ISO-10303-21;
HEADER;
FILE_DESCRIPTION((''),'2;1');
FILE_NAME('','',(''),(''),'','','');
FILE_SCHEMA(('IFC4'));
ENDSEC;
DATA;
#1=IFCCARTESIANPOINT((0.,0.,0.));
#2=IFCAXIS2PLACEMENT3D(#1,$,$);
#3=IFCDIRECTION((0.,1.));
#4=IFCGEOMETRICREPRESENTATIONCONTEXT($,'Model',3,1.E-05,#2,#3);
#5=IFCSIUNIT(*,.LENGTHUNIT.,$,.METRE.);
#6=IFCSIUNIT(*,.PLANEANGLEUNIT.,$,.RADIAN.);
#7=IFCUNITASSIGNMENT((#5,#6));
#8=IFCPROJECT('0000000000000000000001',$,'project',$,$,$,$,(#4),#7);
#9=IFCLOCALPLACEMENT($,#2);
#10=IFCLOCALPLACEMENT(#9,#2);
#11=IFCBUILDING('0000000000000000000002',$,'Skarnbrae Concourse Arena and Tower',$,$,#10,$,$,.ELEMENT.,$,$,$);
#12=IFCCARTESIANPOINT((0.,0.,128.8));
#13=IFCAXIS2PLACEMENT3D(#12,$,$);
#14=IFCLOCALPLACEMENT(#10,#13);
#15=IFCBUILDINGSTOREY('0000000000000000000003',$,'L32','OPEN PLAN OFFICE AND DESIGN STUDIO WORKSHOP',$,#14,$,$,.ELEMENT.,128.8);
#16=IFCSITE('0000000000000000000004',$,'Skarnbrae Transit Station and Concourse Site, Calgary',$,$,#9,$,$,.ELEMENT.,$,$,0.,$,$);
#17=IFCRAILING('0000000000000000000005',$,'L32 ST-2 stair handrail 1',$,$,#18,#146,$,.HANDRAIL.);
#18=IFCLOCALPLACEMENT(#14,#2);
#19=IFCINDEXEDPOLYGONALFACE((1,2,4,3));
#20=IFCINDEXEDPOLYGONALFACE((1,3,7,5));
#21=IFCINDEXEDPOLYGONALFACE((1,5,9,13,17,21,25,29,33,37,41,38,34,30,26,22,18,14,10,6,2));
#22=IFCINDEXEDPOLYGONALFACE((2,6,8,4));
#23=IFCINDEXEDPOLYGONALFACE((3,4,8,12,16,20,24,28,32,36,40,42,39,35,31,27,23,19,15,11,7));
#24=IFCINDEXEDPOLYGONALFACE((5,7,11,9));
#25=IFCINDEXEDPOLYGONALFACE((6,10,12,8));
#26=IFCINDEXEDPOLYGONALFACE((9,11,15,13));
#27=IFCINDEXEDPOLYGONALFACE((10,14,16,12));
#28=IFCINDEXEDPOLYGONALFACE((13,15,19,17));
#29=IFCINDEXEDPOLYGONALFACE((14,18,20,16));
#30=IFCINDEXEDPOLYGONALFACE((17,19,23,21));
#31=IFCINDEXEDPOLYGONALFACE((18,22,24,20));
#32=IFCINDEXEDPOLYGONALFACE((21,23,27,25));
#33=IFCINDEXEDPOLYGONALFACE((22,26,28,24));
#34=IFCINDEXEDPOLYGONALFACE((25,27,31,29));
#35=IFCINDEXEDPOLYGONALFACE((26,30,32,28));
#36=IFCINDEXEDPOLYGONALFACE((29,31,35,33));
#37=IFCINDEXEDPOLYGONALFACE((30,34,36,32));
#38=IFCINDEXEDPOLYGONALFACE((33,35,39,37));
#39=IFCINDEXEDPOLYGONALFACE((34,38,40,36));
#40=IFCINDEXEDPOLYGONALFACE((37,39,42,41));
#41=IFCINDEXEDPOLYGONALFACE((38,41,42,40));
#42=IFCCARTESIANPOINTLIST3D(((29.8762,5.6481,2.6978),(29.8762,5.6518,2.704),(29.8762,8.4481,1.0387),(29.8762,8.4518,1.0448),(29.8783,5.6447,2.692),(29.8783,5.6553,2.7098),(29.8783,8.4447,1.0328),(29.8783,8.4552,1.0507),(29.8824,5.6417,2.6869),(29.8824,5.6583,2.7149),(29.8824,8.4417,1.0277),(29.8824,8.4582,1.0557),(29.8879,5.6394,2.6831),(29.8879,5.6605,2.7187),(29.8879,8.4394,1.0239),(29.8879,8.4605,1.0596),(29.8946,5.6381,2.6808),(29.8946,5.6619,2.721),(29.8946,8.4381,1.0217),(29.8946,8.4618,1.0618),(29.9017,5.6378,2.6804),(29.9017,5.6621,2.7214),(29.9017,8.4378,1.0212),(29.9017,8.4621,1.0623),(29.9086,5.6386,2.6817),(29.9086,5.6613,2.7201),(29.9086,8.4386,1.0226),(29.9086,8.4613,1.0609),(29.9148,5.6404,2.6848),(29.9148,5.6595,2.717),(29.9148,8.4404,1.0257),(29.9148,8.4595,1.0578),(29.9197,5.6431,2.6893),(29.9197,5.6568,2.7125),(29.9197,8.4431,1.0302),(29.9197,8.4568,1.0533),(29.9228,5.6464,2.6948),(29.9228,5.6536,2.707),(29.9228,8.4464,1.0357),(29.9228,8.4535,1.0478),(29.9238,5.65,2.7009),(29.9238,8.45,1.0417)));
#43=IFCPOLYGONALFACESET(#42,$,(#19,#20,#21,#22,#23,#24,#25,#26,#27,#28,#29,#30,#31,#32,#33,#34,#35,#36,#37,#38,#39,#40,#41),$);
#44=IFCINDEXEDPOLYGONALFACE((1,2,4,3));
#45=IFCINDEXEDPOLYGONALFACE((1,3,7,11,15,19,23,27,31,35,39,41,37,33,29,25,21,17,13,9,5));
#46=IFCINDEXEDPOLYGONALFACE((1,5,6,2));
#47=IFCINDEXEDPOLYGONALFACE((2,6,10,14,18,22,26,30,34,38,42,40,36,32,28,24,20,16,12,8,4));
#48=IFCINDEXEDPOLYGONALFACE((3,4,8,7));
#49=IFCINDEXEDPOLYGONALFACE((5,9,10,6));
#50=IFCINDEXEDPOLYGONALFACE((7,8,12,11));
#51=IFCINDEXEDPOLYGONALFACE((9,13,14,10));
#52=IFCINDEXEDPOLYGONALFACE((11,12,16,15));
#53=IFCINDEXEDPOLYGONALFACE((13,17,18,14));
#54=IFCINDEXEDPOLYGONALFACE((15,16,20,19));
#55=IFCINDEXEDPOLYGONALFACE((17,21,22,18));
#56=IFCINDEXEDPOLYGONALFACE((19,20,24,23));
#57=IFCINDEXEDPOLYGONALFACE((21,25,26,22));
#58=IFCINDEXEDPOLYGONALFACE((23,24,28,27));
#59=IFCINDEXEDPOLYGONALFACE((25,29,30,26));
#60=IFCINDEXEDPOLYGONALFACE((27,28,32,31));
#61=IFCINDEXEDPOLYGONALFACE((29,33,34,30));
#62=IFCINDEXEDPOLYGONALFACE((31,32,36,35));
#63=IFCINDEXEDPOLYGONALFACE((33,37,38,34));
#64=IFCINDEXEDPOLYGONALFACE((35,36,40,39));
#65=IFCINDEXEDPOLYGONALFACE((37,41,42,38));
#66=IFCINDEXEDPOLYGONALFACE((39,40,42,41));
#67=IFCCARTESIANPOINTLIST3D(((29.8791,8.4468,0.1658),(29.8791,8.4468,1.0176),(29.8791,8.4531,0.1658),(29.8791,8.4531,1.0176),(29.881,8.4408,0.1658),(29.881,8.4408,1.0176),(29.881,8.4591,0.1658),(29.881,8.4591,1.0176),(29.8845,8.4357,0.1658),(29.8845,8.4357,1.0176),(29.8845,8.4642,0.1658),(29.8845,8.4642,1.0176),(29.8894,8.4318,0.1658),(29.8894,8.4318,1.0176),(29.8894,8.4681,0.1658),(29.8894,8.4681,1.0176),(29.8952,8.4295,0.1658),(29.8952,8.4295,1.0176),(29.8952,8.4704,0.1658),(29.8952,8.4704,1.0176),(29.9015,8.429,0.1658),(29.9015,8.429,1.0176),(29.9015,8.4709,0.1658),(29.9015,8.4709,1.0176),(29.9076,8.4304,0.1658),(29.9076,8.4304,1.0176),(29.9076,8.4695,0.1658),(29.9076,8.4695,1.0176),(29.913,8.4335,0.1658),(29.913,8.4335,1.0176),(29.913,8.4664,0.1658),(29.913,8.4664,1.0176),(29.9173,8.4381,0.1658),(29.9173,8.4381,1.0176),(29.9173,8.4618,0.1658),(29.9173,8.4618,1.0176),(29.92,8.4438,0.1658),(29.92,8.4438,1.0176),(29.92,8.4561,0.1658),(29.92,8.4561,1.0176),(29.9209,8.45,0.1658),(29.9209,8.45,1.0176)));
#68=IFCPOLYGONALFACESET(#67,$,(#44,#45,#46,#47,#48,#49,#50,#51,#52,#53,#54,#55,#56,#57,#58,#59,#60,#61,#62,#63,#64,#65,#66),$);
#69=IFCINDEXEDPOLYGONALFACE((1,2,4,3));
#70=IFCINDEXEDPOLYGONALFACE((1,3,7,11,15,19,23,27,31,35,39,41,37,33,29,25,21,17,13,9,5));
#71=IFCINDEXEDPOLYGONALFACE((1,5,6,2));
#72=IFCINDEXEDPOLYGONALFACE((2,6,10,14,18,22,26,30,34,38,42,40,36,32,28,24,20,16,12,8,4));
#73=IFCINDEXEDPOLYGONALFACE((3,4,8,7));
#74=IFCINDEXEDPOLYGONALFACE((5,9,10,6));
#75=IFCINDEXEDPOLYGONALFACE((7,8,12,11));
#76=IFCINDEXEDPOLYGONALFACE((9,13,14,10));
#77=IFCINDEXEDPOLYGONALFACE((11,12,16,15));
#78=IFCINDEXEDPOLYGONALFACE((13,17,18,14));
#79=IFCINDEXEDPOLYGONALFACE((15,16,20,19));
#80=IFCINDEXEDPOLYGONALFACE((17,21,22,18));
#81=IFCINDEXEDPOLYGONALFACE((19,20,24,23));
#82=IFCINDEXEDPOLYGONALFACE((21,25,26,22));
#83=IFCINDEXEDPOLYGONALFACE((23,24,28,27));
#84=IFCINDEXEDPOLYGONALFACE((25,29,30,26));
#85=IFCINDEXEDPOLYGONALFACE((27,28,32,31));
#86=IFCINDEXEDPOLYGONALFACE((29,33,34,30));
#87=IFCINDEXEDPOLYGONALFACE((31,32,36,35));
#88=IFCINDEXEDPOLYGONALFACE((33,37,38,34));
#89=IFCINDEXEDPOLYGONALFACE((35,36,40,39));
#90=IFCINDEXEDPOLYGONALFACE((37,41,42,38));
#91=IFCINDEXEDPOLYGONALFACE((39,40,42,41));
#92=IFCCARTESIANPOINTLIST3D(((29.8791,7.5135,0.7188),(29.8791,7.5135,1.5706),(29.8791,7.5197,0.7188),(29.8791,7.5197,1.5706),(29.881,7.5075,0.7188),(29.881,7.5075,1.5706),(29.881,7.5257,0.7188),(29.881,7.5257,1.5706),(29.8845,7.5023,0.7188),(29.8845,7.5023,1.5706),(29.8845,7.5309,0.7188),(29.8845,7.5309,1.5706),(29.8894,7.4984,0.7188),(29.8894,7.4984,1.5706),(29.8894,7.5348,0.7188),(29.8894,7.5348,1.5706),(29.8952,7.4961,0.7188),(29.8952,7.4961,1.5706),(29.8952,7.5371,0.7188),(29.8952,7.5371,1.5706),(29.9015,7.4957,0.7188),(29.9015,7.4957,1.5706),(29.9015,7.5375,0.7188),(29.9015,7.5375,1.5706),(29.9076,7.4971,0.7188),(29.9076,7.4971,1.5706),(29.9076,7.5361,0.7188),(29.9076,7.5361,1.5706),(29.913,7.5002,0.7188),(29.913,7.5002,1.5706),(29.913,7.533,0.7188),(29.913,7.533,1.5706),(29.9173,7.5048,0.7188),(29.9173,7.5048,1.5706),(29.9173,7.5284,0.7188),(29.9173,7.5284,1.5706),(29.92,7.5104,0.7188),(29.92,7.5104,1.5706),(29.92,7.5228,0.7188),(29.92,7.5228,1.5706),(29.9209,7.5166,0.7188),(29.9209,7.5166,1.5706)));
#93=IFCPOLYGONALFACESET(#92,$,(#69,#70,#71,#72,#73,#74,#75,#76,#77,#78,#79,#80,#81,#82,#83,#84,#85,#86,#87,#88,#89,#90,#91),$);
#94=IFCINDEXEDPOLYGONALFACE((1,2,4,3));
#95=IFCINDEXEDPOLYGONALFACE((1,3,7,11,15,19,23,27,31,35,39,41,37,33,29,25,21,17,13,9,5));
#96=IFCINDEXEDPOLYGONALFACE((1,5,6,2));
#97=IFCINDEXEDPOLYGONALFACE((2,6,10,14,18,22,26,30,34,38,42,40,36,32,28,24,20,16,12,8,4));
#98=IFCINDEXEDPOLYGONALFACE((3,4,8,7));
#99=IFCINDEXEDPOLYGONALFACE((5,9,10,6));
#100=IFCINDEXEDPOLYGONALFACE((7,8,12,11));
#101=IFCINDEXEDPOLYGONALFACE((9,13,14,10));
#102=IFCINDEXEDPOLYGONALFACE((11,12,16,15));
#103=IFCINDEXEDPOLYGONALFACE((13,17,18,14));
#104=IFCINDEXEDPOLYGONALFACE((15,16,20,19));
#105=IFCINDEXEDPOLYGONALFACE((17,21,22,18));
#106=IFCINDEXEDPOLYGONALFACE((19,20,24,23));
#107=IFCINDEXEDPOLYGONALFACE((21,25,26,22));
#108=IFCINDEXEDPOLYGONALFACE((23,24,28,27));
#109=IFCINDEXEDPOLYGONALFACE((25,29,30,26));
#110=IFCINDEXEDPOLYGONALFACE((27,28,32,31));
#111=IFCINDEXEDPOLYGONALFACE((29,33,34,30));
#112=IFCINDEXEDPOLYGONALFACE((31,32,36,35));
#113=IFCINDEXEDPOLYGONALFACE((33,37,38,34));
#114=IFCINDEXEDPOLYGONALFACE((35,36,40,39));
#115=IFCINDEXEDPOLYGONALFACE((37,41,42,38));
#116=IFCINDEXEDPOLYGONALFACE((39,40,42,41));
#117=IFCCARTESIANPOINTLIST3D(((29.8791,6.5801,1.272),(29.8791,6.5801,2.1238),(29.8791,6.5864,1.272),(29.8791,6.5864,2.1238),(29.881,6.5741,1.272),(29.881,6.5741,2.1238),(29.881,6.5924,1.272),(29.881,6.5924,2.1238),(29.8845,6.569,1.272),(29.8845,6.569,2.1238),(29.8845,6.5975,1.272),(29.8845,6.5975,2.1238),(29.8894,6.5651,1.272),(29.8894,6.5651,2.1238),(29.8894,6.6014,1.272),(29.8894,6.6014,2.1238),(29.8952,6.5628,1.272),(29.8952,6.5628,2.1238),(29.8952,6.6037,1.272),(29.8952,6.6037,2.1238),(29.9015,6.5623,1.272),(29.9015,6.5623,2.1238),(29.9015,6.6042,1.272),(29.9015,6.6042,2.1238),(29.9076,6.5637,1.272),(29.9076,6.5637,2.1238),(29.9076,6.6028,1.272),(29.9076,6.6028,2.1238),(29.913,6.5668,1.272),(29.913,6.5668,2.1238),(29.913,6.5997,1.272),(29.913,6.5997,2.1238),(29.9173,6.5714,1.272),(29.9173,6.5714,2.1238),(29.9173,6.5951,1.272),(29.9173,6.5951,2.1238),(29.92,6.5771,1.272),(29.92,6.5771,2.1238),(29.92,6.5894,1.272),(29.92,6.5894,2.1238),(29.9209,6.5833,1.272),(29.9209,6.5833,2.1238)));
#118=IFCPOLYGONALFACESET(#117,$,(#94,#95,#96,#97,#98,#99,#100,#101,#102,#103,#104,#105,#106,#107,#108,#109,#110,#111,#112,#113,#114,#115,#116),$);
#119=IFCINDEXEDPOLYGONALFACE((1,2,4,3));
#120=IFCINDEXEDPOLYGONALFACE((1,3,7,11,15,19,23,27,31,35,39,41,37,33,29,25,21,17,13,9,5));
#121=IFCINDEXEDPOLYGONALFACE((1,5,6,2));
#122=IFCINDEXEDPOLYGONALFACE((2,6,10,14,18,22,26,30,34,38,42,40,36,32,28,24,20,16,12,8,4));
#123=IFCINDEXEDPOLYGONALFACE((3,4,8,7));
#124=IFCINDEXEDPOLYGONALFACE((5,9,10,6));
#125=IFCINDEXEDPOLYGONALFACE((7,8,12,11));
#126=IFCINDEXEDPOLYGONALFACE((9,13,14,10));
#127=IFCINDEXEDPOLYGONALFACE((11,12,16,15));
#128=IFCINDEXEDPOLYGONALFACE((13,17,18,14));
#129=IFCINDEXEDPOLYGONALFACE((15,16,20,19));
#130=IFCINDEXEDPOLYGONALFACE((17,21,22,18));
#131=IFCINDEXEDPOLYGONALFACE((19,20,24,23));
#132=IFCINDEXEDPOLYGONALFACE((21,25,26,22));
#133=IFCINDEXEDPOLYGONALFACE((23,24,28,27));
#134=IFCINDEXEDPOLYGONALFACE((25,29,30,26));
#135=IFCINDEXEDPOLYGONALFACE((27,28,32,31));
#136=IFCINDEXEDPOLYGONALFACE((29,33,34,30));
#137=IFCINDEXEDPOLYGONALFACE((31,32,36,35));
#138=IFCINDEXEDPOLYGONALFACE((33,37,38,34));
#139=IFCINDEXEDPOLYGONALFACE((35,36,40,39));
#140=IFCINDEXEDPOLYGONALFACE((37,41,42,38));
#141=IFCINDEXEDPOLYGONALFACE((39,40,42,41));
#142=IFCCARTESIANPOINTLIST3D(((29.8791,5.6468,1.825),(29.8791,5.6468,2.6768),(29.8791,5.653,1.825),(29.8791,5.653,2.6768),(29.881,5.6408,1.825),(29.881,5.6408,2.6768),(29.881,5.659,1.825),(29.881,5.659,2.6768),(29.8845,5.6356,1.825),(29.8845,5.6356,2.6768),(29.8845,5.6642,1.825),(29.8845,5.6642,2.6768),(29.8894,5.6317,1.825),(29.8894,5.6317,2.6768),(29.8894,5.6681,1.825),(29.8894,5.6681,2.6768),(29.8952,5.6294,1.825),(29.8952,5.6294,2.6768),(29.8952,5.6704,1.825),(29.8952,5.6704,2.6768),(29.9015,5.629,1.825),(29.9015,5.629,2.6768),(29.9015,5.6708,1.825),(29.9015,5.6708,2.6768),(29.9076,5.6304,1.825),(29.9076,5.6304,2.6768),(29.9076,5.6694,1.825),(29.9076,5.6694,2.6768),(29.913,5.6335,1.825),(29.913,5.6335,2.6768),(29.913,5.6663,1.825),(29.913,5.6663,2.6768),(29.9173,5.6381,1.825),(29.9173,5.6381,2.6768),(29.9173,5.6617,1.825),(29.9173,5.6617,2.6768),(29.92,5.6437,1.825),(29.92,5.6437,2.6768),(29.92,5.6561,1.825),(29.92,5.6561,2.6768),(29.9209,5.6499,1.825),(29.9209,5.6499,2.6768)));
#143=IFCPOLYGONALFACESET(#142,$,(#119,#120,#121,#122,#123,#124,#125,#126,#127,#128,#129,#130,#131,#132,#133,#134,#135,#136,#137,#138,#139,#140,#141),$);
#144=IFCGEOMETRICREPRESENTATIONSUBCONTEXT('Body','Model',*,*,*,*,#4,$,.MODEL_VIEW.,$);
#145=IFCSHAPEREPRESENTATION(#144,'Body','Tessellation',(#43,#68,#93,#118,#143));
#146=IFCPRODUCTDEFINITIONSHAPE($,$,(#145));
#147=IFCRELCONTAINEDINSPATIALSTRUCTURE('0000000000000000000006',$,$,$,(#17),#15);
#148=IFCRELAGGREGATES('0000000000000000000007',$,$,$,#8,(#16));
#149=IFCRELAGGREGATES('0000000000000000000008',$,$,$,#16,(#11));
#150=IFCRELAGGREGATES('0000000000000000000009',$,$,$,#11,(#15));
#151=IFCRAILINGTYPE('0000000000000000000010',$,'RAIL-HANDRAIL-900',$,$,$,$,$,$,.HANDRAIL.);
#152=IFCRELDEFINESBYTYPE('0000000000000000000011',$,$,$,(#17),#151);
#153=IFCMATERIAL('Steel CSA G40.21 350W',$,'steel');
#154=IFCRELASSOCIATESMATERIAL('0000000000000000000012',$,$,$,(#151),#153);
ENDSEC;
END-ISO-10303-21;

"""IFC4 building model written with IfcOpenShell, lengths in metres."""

from ifc_helpers import new_model, si_unit, direction, frame, origin, origin_2d, place, context, subcontext, project, spatial, circle, extrude, material, type_object, element, save


model = new_model("IFC4")

# Units and contexts
model_context = context("Model", 3, precision=1e-05, world=origin(), true_north=direction((0.0, 1.0)))
body_context = subcontext(model_context, "Body", "Model", "MODEL_VIEW")
ifc_project = project(units=[si_unit("LENGTHUNIT", "METRE"), si_unit("PLANEANGLEUNIT", "RADIAN")], contexts=[model_context])

# Site, building, storey
site_placement = place(None, origin())
site = spatial("IfcSite", under=ifc_project, at=site_placement, Name="Skarnbrae Transit Station and Concourse Site, Calgary", CompositionType="ELEMENT", RefElevation=0.0)
building_placement = place(site_placement, origin())
building = spatial("IfcBuilding", under=site, at=building_placement, Name="Skarnbrae Concourse Arena and Tower", CompositionType="ELEMENT")
storey_placement = place(building_placement, frame((0.0, 0.0, 128.8)))
storey = spatial("IfcBuildingStorey", under=building, at=storey_placement, Name="L32", Description="OPEN PLAN OFFICE AND DESIGN STUDIO WORKSHOP", CompositionType="ELEMENT", Elevation=128.8)

# Shared definitions
ifc_material_1 = material(Name="Steel CSA G40.21 350W", Category="steel")

# Railing
railing_type_1 = type_object("IfcRailingType", Name="RAIL-HANDRAIL-900", PredefinedType="HANDRAIL", material=ifc_material_1)
railing_1_placement = place(storey_placement, frame((29.8999, 8.45, 0.1658)))
element("IfcRailing", 1, at=railing_1_placement, inside=storey, type_object=railing_type_1, Name="L32 ST-2 stair handrail 1", PredefinedType="HANDRAIL", context=body_context, shape_type="SweptSolid", body=[
    extrude(circle(Radius=0.0239, at=origin_2d()), frame((0.0, 0.0, 0.876), z_axis=(0.0, -0.860306, 0.509778), x_axis=(1.0, 0.0, 0.0)), (0.0, 0.0, 1.0), 3.2546),
    extrude(circle(Radius=0.021, at=origin_2d()), origin(), (0.0, 0.0, 1.0), 0.8518),
    extrude(circle(Radius=0.021, at=origin_2d()), frame((0.0, -0.9333, 0.553)), (0.0, 0.0, 1.0), 0.8518),
    extrude(circle(Radius=0.021, at=origin_2d()), frame((0.0, -1.8667, 1.1062)), (0.0, 0.0, 1.0), 0.8518),
    extrude(circle(Radius=0.021, at=origin_2d()), frame((0.0, -2.8, 1.6592)), (0.0, 0.0, 1.0), 0.8518),
])

save(model, "model.ifc")
